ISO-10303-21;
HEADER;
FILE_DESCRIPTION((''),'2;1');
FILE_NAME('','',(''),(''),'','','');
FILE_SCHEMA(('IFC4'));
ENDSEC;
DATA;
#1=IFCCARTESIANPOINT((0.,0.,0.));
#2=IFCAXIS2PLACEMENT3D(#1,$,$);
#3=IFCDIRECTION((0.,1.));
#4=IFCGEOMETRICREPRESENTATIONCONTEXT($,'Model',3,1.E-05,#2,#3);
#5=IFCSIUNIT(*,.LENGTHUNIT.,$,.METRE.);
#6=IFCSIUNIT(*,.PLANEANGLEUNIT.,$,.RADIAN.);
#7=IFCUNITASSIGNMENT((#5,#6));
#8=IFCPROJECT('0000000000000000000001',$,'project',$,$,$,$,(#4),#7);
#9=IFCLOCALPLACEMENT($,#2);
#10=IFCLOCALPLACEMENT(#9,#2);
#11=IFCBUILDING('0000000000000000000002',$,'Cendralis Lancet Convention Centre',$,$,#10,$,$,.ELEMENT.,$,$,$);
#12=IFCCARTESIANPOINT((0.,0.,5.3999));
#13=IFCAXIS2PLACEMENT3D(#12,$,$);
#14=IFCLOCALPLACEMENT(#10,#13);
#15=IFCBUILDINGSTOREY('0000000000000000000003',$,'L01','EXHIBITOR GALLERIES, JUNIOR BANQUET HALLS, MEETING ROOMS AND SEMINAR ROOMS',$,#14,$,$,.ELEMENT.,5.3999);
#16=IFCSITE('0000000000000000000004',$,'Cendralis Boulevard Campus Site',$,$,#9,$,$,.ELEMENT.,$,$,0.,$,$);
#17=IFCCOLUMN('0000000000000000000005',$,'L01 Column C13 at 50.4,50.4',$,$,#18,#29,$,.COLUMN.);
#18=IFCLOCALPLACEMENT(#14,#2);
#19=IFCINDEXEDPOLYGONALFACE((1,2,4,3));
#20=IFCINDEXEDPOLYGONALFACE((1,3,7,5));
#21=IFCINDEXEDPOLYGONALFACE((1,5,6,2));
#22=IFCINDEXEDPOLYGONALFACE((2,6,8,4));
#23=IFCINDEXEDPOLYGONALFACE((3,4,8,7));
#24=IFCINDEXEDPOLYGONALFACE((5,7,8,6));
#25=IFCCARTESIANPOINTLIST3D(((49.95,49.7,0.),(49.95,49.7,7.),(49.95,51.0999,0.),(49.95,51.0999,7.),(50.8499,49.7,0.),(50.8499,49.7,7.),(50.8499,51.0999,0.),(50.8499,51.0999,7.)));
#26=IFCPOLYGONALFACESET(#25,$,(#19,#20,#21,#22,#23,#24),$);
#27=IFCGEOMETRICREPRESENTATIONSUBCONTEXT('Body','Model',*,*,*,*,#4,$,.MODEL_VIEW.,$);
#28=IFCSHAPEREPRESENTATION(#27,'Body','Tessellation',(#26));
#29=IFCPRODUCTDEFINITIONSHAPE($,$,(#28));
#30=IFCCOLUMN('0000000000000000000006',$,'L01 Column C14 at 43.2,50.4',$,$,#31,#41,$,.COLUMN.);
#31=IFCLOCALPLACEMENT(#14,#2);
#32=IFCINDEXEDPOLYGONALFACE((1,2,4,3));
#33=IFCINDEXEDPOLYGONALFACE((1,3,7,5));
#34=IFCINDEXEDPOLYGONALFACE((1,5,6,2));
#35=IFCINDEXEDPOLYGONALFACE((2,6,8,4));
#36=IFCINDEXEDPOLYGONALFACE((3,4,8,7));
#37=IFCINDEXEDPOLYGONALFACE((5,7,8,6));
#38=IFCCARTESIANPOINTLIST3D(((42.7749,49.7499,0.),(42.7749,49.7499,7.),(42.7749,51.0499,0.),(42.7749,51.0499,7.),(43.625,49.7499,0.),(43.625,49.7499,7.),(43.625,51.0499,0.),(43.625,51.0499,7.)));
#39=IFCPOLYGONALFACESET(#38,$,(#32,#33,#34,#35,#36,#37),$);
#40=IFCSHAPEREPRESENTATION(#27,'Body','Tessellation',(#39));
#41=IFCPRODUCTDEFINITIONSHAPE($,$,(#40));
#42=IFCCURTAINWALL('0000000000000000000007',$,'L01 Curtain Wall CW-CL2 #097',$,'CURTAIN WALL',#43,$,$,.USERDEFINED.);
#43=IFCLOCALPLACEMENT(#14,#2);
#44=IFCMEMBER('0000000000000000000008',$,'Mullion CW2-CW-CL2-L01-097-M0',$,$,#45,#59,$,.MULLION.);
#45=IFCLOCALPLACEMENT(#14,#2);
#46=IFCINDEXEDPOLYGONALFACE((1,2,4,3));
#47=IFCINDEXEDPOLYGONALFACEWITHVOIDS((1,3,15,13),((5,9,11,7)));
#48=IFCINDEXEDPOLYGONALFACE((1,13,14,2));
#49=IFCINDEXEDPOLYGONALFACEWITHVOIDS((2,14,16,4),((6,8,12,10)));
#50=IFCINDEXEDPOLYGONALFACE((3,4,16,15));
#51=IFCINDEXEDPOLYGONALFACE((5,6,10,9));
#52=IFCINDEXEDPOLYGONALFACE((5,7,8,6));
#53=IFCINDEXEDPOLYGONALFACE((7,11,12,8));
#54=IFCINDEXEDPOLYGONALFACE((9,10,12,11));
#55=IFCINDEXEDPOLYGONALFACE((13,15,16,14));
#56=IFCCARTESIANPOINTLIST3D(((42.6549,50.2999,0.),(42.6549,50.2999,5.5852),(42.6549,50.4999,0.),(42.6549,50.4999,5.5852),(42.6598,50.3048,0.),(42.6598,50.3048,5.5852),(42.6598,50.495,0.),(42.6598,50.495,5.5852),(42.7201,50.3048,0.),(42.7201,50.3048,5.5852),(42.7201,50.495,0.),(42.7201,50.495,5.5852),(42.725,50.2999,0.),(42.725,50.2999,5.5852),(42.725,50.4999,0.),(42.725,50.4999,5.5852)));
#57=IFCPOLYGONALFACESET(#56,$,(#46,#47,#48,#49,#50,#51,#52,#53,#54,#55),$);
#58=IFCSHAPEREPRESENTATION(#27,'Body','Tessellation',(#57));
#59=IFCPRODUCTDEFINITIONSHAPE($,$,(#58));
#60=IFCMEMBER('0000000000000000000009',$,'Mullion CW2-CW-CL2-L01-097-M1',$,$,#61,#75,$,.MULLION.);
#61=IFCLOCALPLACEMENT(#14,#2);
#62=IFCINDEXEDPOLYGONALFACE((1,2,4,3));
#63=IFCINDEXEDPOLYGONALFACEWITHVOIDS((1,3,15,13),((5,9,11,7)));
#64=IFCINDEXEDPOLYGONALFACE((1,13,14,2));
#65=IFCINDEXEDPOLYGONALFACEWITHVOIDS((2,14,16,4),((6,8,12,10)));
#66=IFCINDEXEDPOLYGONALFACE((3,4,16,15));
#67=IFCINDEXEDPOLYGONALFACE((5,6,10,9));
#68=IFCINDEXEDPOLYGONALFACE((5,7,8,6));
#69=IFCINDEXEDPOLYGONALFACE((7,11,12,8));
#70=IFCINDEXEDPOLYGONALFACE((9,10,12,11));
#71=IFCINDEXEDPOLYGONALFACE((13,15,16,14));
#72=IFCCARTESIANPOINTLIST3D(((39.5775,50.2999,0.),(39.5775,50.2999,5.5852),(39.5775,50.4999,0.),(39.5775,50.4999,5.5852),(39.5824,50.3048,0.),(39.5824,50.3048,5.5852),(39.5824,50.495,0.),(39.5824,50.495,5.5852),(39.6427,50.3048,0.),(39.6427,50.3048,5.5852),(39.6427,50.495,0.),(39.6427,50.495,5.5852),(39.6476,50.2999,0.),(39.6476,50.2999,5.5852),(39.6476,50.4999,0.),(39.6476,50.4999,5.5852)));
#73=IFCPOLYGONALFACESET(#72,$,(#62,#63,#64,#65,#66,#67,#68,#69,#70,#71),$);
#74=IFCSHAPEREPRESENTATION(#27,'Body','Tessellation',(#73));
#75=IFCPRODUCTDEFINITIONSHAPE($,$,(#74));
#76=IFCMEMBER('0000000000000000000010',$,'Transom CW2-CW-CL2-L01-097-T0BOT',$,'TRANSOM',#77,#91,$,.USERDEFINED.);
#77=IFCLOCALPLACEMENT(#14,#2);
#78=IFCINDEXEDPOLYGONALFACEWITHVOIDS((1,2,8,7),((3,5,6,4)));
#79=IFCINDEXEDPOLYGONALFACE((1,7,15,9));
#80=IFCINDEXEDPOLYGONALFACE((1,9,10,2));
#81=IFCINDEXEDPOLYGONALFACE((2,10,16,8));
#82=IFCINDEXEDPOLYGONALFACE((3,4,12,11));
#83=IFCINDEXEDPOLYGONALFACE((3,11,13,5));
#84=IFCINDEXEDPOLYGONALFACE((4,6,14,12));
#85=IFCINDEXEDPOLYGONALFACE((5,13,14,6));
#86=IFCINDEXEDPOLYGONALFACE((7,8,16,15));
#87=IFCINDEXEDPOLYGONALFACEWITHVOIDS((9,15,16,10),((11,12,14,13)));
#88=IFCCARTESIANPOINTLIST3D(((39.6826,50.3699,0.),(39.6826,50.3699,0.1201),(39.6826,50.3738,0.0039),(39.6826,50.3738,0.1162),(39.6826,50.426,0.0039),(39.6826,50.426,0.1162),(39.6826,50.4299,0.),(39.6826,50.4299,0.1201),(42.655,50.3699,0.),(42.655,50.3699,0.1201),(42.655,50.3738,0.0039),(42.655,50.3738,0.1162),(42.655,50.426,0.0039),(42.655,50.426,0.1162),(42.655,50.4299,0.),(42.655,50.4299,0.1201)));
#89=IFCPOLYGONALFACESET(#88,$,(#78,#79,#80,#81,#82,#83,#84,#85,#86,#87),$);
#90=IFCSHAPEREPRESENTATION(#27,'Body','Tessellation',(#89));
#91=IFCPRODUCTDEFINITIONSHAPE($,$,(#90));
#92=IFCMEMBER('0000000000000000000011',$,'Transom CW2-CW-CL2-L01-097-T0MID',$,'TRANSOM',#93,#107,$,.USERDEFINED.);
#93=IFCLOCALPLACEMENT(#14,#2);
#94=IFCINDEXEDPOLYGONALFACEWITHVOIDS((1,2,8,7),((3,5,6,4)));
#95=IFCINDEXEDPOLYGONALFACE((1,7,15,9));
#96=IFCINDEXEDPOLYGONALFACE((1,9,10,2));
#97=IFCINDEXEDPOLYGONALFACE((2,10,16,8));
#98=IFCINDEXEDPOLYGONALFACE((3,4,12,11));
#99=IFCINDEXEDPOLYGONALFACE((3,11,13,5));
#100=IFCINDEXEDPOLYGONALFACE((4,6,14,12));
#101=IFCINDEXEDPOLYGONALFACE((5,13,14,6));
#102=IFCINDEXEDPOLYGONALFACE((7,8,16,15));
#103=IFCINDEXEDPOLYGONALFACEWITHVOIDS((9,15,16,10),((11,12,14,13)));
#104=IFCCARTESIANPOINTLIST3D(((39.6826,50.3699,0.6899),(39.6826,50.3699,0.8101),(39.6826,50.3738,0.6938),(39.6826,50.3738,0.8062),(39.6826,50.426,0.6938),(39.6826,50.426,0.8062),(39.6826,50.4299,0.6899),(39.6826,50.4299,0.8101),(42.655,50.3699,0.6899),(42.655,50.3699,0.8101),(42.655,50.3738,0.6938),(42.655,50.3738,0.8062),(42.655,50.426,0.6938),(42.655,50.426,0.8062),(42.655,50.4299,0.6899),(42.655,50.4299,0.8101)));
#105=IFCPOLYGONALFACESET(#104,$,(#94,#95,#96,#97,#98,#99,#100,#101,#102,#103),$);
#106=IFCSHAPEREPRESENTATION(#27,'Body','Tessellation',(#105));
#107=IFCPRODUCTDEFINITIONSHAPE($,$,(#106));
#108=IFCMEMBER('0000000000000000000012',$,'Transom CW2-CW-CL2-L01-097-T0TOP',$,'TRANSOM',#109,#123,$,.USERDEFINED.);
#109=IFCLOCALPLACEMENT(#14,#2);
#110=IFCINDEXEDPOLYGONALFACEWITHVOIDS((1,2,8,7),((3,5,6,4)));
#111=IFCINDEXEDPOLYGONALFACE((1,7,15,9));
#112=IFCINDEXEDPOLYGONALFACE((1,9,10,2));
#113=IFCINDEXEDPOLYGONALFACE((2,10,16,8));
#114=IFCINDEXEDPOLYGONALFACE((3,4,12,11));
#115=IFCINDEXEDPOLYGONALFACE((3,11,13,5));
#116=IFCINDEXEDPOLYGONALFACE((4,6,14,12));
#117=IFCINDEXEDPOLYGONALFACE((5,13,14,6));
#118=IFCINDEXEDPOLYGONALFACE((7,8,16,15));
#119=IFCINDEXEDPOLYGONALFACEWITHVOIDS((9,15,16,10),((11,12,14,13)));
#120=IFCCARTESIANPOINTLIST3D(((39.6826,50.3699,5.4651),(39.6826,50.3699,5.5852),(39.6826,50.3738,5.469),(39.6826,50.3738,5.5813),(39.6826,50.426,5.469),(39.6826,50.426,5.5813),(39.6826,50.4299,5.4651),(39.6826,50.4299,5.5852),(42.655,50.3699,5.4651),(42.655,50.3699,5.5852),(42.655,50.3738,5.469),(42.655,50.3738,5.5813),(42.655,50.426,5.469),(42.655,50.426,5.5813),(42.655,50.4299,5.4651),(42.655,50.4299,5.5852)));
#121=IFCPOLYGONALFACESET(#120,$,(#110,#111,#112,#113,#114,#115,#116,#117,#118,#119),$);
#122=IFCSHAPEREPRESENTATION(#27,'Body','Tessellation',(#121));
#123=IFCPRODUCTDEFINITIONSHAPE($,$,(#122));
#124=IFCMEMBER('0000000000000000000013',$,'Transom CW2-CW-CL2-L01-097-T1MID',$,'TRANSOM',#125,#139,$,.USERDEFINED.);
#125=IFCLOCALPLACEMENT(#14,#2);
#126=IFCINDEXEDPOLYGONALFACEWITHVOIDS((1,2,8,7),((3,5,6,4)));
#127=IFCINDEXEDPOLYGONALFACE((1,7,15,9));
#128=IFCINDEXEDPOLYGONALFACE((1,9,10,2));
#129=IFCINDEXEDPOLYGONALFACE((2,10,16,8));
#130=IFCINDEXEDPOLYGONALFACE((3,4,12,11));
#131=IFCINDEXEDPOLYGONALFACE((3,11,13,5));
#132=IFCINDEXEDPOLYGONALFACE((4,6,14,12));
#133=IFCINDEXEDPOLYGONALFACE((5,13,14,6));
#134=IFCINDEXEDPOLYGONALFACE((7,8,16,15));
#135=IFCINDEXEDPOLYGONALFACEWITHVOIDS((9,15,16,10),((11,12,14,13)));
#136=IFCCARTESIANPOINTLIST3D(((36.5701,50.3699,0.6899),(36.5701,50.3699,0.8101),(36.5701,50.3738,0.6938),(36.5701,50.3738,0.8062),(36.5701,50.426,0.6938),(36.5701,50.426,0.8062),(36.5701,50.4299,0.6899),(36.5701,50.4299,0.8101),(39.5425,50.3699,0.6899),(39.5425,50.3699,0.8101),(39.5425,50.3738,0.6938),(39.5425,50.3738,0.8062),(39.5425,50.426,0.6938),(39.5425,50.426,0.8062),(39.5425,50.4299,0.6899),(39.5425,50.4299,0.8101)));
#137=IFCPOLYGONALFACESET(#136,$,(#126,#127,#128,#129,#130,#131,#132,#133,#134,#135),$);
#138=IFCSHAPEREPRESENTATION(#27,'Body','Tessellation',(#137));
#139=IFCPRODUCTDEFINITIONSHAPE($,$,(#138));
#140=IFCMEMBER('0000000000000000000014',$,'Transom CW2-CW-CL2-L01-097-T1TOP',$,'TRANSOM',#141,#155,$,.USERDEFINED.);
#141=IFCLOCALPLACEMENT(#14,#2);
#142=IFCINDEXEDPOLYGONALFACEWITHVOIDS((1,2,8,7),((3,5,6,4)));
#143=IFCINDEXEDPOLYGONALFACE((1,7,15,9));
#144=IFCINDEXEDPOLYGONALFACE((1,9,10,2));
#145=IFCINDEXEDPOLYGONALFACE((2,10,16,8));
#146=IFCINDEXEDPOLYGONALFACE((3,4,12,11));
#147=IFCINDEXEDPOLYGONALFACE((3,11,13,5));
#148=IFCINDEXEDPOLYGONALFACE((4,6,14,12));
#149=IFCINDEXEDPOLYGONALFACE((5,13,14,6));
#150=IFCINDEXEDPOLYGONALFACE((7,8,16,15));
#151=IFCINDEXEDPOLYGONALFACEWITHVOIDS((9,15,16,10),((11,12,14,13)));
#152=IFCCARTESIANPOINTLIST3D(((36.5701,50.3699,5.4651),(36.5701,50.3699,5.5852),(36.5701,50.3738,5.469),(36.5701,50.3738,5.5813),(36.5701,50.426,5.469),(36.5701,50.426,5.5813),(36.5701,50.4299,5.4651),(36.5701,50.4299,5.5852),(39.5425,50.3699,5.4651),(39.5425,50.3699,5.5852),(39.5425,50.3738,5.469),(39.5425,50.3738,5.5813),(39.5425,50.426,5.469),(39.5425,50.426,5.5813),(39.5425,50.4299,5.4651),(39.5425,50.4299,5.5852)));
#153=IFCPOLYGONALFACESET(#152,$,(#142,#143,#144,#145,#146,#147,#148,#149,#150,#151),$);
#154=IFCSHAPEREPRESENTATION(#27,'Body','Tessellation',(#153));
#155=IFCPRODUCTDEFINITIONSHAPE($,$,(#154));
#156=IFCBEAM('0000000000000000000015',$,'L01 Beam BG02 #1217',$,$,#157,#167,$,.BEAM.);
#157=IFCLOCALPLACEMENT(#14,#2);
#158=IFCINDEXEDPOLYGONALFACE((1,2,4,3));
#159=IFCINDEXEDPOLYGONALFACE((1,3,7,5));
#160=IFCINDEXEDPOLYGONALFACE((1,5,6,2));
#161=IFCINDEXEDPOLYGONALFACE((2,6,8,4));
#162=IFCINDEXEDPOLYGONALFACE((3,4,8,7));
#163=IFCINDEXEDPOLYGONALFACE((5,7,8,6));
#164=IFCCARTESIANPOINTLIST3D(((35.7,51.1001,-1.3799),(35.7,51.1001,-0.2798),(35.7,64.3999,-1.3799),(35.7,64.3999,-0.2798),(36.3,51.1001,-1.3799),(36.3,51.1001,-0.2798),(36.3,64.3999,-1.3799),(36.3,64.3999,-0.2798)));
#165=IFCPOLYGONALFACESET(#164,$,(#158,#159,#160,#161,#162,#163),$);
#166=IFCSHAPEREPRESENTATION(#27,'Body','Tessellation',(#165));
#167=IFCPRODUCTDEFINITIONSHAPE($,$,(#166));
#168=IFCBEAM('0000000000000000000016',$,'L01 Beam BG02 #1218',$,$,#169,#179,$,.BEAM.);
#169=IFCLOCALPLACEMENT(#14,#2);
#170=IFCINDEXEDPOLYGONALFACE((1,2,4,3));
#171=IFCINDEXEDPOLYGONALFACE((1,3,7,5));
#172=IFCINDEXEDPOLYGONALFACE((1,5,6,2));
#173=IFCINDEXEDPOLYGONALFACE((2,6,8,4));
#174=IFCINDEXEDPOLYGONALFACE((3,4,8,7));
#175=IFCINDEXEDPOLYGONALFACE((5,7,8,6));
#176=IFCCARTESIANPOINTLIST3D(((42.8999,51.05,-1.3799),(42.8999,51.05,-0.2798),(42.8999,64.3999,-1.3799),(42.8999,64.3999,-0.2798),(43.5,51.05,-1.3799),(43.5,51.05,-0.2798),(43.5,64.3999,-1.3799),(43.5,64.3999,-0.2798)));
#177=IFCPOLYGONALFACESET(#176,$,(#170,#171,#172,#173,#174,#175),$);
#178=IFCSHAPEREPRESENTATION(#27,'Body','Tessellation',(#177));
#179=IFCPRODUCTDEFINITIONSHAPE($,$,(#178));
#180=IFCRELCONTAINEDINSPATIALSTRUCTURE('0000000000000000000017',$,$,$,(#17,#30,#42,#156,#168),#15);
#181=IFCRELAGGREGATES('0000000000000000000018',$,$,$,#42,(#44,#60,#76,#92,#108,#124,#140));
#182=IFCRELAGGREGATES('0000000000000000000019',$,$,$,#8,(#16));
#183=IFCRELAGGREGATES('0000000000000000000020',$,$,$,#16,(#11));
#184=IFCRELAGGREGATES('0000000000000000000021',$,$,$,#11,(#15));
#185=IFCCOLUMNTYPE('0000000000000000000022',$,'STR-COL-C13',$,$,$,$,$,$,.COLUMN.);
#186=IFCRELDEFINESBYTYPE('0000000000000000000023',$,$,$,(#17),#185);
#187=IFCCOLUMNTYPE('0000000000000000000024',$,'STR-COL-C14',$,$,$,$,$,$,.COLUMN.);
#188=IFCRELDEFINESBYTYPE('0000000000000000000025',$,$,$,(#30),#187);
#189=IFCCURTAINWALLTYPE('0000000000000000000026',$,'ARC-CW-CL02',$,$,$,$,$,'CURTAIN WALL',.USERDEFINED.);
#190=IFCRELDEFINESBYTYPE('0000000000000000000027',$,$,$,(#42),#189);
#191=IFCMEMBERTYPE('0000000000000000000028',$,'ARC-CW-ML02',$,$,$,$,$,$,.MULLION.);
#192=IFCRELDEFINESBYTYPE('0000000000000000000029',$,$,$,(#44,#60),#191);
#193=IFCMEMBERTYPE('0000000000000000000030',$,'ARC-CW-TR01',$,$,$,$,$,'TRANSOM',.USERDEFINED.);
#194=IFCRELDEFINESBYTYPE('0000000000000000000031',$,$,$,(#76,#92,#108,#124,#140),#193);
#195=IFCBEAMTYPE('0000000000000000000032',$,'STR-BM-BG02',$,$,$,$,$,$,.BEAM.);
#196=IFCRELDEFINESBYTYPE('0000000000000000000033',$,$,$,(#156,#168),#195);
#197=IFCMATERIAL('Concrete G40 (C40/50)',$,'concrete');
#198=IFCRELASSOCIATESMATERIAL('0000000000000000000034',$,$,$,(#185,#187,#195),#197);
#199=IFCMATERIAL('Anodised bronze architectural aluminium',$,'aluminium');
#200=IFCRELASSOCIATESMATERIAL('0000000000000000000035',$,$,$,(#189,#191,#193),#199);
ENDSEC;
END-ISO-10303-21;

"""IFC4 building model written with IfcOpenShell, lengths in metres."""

from ifc_helpers import new_model, si_unit, direction, frame, origin, origin_2d, place, context, subcontext, project, spatial, rectangle, hollow_rectangle, extrude, material, material_profile, profile_set, type_object, element, aggregate, save


model = new_model("IFC4")

# Units and contexts
model_context = context("Model", 3, precision=1e-05, world=origin(), true_north=direction((0.0, 1.0)))
body_context = subcontext(model_context, "Body", "Model", "MODEL_VIEW")
ifc_project = project(units=[si_unit("LENGTHUNIT", "METRE"), si_unit("PLANEANGLEUNIT", "RADIAN")], contexts=[model_context])

# Site, building, storey
site_placement = place(None, origin())
site = spatial("IfcSite", under=ifc_project, at=site_placement, Name="Cendralis Boulevard Campus Site", CompositionType="ELEMENT", RefElevation=0.0)
building_placement = place(site_placement, origin())
building = spatial("IfcBuilding", under=site, at=building_placement, Name="Cendralis Lancet Convention Centre", CompositionType="ELEMENT")
storey_placement = place(building_placement, frame((0.0, 0.0, 5.3999)))
storey = spatial("IfcBuildingStorey", under=building, at=storey_placement, Name="L01", Description="EXHIBITOR GALLERIES, JUNIOR BANQUET HALLS, MEETING ROOMS AND SEMINAR ROOMS", CompositionType="ELEMENT", Elevation=5.3999)

# Columns
ifc_material_1 = material(Name="Concrete G40 (C40/50)", Category="concrete")
ifc_material_profile_1 = material_profile(ifc_material_1, rectangle(XDim=0.8999, YDim=1.3999, at=origin_2d()), Name="RC 900x1400")
ifc_profile_set_1 = profile_set([ifc_material_profile_1], Name="Concrete G40 (C40/50)")
column_type_1 = type_object("IfcColumnType", Name="STR-COL-C13", PredefinedType="COLUMN", material=ifc_profile_set_1)
column_1_placement = place(storey_placement, frame((50.3999, 50.3999, 0.0), z_axis=(0.0, 0.0, 1.0), x_axis=(1.0, 0.0, 0.0)))
element("IfcColumn", 1, at=column_1_placement, inside=storey, type_object=column_type_1, Name="L01 Column C13 at 50.4,50.4", PredefinedType="COLUMN", context=body_context, shape_type="SweptSolid", body=[
    extrude(rectangle(XDim=0.8999, YDim=1.3999, at=origin_2d()), origin(), (0.0, 0.0, 1.0), 7.0),
])
ifc_material_profile_2 = material_profile(ifc_material_1, rectangle(XDim=0.8501, YDim=1.3, at=origin_2d()), Name="RC 850x1300")
ifc_profile_set_2 = profile_set([ifc_material_profile_2], Name="Concrete G40 (C40/50)")
column_type_2 = type_object("IfcColumnType", Name="STR-COL-C14", PredefinedType="COLUMN", material=ifc_profile_set_2)
column_2_placement = place(storey_placement, frame((43.2, 50.3999, 0.0), z_axis=(0.0, 0.0, 1.0), x_axis=(1.0, 0.0, 0.0)))
element("IfcColumn", 2, at=column_2_placement, inside=storey, type_object=column_type_2, Name="L01 Column C14 at 43.2,50.4", PredefinedType="COLUMN", context=body_context, shape_type="SweptSolid", body=[
    extrude(rectangle(XDim=0.8501, YDim=1.3, at=origin_2d()), origin(), (0.0, 0.0, 1.0), 7.0),
])

# Curtain wall, members
ifc_material_2 = material(Name="Anodised bronze architectural aluminium", Category="aluminium")
curtain_wall_type = type_object("IfcCurtainWallType", Name="ARC-CW-CL02", ElementType="CURTAIN WALL", PredefinedType="USERDEFINED", material=ifc_material_2)
curtain_wall_placement = place(storey_placement, origin())
curtain_wall = element("IfcCurtainWall", 3, at=curtain_wall_placement, inside=storey, type_object=curtain_wall_type, Name="L01 Curtain Wall CW-CL2 #097", ObjectType="CURTAIN WALL", PredefinedType="USERDEFINED")
ifc_material_profile_3 = material_profile(ifc_material_2, hollow_rectangle(XDim=0.0701, YDim=0.2, WallThickness=0.0049, at=origin_2d()), Name="AL-MULL 70x200x5.0")
ifc_profile_set_3 = profile_set([ifc_material_profile_3], Name="Anodised bronze architectural aluminium")
member_type_1 = type_object("IfcMemberType", Name="ARC-CW-ML02", PredefinedType="MULLION", material=ifc_profile_set_3)
member_1_placement = place(storey_placement, frame((42.6899, 50.3999, 0.0), z_axis=(0.0, 0.0, 1.0), x_axis=(1.0, 0.0, 0.0)))
member_1 = element("IfcMember", 4, at=member_1_placement, type_object=member_type_1, Name="Mullion CW2-CW-CL2-L01-097-M0", PredefinedType="MULLION", context=body_context, shape_type="SweptSolid", body=[
    extrude(hollow_rectangle(XDim=0.0701, YDim=0.2, WallThickness=0.0049, at=origin_2d()), origin(), (0.0, 0.0, 1.0), 5.5852),
])
member_2_placement = place(storey_placement, frame((39.6125, 50.3999, 0.0), z_axis=(0.0, 0.0, 1.0), x_axis=(1.0, 0.0, 0.0)))
member_2 = element("IfcMember", 5, at=member_2_placement, type_object=member_type_1, Name="Mullion CW2-CW-CL2-L01-097-M1", PredefinedType="MULLION", context=body_context, shape_type="SweptSolid", body=[
    extrude(hollow_rectangle(XDim=0.0701, YDim=0.2, WallThickness=0.0049, at=origin_2d()), origin(), (0.0, 0.0, 1.0), 5.5852),
])
ifc_material_profile_4 = material_profile(ifc_material_2, hollow_rectangle(XDim=0.0601, YDim=0.1201, WallThickness=0.0039, at=origin_2d()), Name="AL-TRAN 60x120x4.0")
ifc_profile_set_4 = profile_set([ifc_material_profile_4], Name="Anodised bronze architectural aluminium")
member_type_2 = type_object("IfcMemberType", Name="ARC-CW-TR01", ElementType="TRANSOM", PredefinedType="USERDEFINED", material=ifc_profile_set_4)
member_3_placement = place(storey_placement, frame((42.655, 50.3999, 0.0601), z_axis=(-1.0, 0.0, 0.0), x_axis=(0.0, -1.0, 0.0)))
member_3 = element("IfcMember", 6, at=member_3_placement, type_object=member_type_2, Name="Transom CW2-CW-CL2-L01-097-T0BOT", ObjectType="TRANSOM", PredefinedType="USERDEFINED", context=body_context, shape_type="SweptSolid", body=[
    extrude(hollow_rectangle(XDim=0.0601, YDim=0.1201, WallThickness=0.0039, at=origin_2d()), origin(), (0.0, 0.0, 1.0), 2.9724),
])
member_4_placement = place(storey_placement, frame((42.655, 50.3999, 0.75), z_axis=(-1.0, 0.0, 0.0), x_axis=(0.0, -1.0, 0.0)))
member_4 = element("IfcMember", 7, at=member_4_placement, type_object=member_type_2, Name="Transom CW2-CW-CL2-L01-097-T0MID", ObjectType="TRANSOM", PredefinedType="USERDEFINED", context=body_context, shape_type="SweptSolid", body=[
    extrude(hollow_rectangle(XDim=0.0601, YDim=0.1201, WallThickness=0.0039, at=origin_2d()), origin(), (0.0, 0.0, 1.0), 2.9724),
])
member_5_placement = place(storey_placement, frame((42.655, 50.3999, 5.5251), z_axis=(-1.0, 0.0, 0.0), x_axis=(0.0, -1.0, 0.0)))
member_5 = element("IfcMember", 8, at=member_5_placement, type_object=member_type_2, Name="Transom CW2-CW-CL2-L01-097-T0TOP", ObjectType="TRANSOM", PredefinedType="USERDEFINED", context=body_context, shape_type="SweptSolid", body=[
    extrude(hollow_rectangle(XDim=0.0601, YDim=0.1201, WallThickness=0.0039, at=origin_2d()), origin(), (0.0, 0.0, 1.0), 2.9724),
])
member_6_placement = place(storey_placement, frame((39.5425, 50.3999, 0.75), z_axis=(-1.0, 0.0, 0.0), x_axis=(0.0, -1.0, 0.0)))
member_6 = element("IfcMember", 9, at=member_6_placement, type_object=member_type_2, Name="Transom CW2-CW-CL2-L01-097-T1MID", ObjectType="TRANSOM", PredefinedType="USERDEFINED", context=body_context, shape_type="SweptSolid", body=[
    extrude(hollow_rectangle(XDim=0.0601, YDim=0.1201, WallThickness=0.0039, at=origin_2d()), origin(), (0.0, 0.0, 1.0), 2.9724),
])
member_7_placement = place(storey_placement, frame((39.5425, 50.3999, 5.5251), z_axis=(-1.0, 0.0, 0.0), x_axis=(0.0, -1.0, 0.0)))
member_7 = element("IfcMember", 10, at=member_7_placement, type_object=member_type_2, Name="Transom CW2-CW-CL2-L01-097-T1TOP", ObjectType="TRANSOM", PredefinedType="USERDEFINED", context=body_context, shape_type="SweptSolid", body=[
    extrude(hollow_rectangle(XDim=0.0601, YDim=0.1201, WallThickness=0.0039, at=origin_2d()), origin(), (0.0, 0.0, 1.0), 2.9724),
])

# Beams
ifc_material_profile_5 = material_profile(ifc_material_1, rectangle(XDim=0.6001, YDim=1.1001, at=origin_2d()), Name="RCB 600x1100")
ifc_profile_set_5 = profile_set([ifc_material_profile_5], Name="Concrete G40 (C40/50)")
beam_type_1 = type_object("IfcBeamType", Name="STR-BM-BG02", PredefinedType="BEAM", material=ifc_profile_set_5)
beam_1_placement = place(storey_placement, frame((36.0, 51.1001, -0.8298), z_axis=(0.0, 1.0, 0.0), x_axis=(-1.0, 0.0, 0.0)))
element("IfcBeam", 11, at=beam_1_placement, inside=storey, type_object=beam_type_1, Name="L01 Beam BG02 #1217", PredefinedType="BEAM", context=body_context, shape_type="SweptSolid", body=[
    extrude(rectangle(XDim=0.6001, YDim=1.1001, at=origin_2d()), origin(), (0.0, 0.0, 1.0), 13.2998),
])
beam_2_placement = place(storey_placement, frame((43.2, 51.05, -0.8298), z_axis=(0.0, 1.0, 0.0), x_axis=(-1.0, 0.0, 0.0)))
element("IfcBeam", 12, at=beam_2_placement, inside=storey, type_object=beam_type_1, Name="L01 Beam BG02 #1218", PredefinedType="BEAM", context=body_context, shape_type="SweptSolid", body=[
    extrude(rectangle(XDim=0.6001, YDim=1.1001, at=origin_2d()), origin(), (0.0, 0.0, 1.0), 13.3499),
])

aggregate(curtain_wall, [member_1, member_2, member_3, member_4, member_5, member_6, member_7])

save(model, "model.ifc")
